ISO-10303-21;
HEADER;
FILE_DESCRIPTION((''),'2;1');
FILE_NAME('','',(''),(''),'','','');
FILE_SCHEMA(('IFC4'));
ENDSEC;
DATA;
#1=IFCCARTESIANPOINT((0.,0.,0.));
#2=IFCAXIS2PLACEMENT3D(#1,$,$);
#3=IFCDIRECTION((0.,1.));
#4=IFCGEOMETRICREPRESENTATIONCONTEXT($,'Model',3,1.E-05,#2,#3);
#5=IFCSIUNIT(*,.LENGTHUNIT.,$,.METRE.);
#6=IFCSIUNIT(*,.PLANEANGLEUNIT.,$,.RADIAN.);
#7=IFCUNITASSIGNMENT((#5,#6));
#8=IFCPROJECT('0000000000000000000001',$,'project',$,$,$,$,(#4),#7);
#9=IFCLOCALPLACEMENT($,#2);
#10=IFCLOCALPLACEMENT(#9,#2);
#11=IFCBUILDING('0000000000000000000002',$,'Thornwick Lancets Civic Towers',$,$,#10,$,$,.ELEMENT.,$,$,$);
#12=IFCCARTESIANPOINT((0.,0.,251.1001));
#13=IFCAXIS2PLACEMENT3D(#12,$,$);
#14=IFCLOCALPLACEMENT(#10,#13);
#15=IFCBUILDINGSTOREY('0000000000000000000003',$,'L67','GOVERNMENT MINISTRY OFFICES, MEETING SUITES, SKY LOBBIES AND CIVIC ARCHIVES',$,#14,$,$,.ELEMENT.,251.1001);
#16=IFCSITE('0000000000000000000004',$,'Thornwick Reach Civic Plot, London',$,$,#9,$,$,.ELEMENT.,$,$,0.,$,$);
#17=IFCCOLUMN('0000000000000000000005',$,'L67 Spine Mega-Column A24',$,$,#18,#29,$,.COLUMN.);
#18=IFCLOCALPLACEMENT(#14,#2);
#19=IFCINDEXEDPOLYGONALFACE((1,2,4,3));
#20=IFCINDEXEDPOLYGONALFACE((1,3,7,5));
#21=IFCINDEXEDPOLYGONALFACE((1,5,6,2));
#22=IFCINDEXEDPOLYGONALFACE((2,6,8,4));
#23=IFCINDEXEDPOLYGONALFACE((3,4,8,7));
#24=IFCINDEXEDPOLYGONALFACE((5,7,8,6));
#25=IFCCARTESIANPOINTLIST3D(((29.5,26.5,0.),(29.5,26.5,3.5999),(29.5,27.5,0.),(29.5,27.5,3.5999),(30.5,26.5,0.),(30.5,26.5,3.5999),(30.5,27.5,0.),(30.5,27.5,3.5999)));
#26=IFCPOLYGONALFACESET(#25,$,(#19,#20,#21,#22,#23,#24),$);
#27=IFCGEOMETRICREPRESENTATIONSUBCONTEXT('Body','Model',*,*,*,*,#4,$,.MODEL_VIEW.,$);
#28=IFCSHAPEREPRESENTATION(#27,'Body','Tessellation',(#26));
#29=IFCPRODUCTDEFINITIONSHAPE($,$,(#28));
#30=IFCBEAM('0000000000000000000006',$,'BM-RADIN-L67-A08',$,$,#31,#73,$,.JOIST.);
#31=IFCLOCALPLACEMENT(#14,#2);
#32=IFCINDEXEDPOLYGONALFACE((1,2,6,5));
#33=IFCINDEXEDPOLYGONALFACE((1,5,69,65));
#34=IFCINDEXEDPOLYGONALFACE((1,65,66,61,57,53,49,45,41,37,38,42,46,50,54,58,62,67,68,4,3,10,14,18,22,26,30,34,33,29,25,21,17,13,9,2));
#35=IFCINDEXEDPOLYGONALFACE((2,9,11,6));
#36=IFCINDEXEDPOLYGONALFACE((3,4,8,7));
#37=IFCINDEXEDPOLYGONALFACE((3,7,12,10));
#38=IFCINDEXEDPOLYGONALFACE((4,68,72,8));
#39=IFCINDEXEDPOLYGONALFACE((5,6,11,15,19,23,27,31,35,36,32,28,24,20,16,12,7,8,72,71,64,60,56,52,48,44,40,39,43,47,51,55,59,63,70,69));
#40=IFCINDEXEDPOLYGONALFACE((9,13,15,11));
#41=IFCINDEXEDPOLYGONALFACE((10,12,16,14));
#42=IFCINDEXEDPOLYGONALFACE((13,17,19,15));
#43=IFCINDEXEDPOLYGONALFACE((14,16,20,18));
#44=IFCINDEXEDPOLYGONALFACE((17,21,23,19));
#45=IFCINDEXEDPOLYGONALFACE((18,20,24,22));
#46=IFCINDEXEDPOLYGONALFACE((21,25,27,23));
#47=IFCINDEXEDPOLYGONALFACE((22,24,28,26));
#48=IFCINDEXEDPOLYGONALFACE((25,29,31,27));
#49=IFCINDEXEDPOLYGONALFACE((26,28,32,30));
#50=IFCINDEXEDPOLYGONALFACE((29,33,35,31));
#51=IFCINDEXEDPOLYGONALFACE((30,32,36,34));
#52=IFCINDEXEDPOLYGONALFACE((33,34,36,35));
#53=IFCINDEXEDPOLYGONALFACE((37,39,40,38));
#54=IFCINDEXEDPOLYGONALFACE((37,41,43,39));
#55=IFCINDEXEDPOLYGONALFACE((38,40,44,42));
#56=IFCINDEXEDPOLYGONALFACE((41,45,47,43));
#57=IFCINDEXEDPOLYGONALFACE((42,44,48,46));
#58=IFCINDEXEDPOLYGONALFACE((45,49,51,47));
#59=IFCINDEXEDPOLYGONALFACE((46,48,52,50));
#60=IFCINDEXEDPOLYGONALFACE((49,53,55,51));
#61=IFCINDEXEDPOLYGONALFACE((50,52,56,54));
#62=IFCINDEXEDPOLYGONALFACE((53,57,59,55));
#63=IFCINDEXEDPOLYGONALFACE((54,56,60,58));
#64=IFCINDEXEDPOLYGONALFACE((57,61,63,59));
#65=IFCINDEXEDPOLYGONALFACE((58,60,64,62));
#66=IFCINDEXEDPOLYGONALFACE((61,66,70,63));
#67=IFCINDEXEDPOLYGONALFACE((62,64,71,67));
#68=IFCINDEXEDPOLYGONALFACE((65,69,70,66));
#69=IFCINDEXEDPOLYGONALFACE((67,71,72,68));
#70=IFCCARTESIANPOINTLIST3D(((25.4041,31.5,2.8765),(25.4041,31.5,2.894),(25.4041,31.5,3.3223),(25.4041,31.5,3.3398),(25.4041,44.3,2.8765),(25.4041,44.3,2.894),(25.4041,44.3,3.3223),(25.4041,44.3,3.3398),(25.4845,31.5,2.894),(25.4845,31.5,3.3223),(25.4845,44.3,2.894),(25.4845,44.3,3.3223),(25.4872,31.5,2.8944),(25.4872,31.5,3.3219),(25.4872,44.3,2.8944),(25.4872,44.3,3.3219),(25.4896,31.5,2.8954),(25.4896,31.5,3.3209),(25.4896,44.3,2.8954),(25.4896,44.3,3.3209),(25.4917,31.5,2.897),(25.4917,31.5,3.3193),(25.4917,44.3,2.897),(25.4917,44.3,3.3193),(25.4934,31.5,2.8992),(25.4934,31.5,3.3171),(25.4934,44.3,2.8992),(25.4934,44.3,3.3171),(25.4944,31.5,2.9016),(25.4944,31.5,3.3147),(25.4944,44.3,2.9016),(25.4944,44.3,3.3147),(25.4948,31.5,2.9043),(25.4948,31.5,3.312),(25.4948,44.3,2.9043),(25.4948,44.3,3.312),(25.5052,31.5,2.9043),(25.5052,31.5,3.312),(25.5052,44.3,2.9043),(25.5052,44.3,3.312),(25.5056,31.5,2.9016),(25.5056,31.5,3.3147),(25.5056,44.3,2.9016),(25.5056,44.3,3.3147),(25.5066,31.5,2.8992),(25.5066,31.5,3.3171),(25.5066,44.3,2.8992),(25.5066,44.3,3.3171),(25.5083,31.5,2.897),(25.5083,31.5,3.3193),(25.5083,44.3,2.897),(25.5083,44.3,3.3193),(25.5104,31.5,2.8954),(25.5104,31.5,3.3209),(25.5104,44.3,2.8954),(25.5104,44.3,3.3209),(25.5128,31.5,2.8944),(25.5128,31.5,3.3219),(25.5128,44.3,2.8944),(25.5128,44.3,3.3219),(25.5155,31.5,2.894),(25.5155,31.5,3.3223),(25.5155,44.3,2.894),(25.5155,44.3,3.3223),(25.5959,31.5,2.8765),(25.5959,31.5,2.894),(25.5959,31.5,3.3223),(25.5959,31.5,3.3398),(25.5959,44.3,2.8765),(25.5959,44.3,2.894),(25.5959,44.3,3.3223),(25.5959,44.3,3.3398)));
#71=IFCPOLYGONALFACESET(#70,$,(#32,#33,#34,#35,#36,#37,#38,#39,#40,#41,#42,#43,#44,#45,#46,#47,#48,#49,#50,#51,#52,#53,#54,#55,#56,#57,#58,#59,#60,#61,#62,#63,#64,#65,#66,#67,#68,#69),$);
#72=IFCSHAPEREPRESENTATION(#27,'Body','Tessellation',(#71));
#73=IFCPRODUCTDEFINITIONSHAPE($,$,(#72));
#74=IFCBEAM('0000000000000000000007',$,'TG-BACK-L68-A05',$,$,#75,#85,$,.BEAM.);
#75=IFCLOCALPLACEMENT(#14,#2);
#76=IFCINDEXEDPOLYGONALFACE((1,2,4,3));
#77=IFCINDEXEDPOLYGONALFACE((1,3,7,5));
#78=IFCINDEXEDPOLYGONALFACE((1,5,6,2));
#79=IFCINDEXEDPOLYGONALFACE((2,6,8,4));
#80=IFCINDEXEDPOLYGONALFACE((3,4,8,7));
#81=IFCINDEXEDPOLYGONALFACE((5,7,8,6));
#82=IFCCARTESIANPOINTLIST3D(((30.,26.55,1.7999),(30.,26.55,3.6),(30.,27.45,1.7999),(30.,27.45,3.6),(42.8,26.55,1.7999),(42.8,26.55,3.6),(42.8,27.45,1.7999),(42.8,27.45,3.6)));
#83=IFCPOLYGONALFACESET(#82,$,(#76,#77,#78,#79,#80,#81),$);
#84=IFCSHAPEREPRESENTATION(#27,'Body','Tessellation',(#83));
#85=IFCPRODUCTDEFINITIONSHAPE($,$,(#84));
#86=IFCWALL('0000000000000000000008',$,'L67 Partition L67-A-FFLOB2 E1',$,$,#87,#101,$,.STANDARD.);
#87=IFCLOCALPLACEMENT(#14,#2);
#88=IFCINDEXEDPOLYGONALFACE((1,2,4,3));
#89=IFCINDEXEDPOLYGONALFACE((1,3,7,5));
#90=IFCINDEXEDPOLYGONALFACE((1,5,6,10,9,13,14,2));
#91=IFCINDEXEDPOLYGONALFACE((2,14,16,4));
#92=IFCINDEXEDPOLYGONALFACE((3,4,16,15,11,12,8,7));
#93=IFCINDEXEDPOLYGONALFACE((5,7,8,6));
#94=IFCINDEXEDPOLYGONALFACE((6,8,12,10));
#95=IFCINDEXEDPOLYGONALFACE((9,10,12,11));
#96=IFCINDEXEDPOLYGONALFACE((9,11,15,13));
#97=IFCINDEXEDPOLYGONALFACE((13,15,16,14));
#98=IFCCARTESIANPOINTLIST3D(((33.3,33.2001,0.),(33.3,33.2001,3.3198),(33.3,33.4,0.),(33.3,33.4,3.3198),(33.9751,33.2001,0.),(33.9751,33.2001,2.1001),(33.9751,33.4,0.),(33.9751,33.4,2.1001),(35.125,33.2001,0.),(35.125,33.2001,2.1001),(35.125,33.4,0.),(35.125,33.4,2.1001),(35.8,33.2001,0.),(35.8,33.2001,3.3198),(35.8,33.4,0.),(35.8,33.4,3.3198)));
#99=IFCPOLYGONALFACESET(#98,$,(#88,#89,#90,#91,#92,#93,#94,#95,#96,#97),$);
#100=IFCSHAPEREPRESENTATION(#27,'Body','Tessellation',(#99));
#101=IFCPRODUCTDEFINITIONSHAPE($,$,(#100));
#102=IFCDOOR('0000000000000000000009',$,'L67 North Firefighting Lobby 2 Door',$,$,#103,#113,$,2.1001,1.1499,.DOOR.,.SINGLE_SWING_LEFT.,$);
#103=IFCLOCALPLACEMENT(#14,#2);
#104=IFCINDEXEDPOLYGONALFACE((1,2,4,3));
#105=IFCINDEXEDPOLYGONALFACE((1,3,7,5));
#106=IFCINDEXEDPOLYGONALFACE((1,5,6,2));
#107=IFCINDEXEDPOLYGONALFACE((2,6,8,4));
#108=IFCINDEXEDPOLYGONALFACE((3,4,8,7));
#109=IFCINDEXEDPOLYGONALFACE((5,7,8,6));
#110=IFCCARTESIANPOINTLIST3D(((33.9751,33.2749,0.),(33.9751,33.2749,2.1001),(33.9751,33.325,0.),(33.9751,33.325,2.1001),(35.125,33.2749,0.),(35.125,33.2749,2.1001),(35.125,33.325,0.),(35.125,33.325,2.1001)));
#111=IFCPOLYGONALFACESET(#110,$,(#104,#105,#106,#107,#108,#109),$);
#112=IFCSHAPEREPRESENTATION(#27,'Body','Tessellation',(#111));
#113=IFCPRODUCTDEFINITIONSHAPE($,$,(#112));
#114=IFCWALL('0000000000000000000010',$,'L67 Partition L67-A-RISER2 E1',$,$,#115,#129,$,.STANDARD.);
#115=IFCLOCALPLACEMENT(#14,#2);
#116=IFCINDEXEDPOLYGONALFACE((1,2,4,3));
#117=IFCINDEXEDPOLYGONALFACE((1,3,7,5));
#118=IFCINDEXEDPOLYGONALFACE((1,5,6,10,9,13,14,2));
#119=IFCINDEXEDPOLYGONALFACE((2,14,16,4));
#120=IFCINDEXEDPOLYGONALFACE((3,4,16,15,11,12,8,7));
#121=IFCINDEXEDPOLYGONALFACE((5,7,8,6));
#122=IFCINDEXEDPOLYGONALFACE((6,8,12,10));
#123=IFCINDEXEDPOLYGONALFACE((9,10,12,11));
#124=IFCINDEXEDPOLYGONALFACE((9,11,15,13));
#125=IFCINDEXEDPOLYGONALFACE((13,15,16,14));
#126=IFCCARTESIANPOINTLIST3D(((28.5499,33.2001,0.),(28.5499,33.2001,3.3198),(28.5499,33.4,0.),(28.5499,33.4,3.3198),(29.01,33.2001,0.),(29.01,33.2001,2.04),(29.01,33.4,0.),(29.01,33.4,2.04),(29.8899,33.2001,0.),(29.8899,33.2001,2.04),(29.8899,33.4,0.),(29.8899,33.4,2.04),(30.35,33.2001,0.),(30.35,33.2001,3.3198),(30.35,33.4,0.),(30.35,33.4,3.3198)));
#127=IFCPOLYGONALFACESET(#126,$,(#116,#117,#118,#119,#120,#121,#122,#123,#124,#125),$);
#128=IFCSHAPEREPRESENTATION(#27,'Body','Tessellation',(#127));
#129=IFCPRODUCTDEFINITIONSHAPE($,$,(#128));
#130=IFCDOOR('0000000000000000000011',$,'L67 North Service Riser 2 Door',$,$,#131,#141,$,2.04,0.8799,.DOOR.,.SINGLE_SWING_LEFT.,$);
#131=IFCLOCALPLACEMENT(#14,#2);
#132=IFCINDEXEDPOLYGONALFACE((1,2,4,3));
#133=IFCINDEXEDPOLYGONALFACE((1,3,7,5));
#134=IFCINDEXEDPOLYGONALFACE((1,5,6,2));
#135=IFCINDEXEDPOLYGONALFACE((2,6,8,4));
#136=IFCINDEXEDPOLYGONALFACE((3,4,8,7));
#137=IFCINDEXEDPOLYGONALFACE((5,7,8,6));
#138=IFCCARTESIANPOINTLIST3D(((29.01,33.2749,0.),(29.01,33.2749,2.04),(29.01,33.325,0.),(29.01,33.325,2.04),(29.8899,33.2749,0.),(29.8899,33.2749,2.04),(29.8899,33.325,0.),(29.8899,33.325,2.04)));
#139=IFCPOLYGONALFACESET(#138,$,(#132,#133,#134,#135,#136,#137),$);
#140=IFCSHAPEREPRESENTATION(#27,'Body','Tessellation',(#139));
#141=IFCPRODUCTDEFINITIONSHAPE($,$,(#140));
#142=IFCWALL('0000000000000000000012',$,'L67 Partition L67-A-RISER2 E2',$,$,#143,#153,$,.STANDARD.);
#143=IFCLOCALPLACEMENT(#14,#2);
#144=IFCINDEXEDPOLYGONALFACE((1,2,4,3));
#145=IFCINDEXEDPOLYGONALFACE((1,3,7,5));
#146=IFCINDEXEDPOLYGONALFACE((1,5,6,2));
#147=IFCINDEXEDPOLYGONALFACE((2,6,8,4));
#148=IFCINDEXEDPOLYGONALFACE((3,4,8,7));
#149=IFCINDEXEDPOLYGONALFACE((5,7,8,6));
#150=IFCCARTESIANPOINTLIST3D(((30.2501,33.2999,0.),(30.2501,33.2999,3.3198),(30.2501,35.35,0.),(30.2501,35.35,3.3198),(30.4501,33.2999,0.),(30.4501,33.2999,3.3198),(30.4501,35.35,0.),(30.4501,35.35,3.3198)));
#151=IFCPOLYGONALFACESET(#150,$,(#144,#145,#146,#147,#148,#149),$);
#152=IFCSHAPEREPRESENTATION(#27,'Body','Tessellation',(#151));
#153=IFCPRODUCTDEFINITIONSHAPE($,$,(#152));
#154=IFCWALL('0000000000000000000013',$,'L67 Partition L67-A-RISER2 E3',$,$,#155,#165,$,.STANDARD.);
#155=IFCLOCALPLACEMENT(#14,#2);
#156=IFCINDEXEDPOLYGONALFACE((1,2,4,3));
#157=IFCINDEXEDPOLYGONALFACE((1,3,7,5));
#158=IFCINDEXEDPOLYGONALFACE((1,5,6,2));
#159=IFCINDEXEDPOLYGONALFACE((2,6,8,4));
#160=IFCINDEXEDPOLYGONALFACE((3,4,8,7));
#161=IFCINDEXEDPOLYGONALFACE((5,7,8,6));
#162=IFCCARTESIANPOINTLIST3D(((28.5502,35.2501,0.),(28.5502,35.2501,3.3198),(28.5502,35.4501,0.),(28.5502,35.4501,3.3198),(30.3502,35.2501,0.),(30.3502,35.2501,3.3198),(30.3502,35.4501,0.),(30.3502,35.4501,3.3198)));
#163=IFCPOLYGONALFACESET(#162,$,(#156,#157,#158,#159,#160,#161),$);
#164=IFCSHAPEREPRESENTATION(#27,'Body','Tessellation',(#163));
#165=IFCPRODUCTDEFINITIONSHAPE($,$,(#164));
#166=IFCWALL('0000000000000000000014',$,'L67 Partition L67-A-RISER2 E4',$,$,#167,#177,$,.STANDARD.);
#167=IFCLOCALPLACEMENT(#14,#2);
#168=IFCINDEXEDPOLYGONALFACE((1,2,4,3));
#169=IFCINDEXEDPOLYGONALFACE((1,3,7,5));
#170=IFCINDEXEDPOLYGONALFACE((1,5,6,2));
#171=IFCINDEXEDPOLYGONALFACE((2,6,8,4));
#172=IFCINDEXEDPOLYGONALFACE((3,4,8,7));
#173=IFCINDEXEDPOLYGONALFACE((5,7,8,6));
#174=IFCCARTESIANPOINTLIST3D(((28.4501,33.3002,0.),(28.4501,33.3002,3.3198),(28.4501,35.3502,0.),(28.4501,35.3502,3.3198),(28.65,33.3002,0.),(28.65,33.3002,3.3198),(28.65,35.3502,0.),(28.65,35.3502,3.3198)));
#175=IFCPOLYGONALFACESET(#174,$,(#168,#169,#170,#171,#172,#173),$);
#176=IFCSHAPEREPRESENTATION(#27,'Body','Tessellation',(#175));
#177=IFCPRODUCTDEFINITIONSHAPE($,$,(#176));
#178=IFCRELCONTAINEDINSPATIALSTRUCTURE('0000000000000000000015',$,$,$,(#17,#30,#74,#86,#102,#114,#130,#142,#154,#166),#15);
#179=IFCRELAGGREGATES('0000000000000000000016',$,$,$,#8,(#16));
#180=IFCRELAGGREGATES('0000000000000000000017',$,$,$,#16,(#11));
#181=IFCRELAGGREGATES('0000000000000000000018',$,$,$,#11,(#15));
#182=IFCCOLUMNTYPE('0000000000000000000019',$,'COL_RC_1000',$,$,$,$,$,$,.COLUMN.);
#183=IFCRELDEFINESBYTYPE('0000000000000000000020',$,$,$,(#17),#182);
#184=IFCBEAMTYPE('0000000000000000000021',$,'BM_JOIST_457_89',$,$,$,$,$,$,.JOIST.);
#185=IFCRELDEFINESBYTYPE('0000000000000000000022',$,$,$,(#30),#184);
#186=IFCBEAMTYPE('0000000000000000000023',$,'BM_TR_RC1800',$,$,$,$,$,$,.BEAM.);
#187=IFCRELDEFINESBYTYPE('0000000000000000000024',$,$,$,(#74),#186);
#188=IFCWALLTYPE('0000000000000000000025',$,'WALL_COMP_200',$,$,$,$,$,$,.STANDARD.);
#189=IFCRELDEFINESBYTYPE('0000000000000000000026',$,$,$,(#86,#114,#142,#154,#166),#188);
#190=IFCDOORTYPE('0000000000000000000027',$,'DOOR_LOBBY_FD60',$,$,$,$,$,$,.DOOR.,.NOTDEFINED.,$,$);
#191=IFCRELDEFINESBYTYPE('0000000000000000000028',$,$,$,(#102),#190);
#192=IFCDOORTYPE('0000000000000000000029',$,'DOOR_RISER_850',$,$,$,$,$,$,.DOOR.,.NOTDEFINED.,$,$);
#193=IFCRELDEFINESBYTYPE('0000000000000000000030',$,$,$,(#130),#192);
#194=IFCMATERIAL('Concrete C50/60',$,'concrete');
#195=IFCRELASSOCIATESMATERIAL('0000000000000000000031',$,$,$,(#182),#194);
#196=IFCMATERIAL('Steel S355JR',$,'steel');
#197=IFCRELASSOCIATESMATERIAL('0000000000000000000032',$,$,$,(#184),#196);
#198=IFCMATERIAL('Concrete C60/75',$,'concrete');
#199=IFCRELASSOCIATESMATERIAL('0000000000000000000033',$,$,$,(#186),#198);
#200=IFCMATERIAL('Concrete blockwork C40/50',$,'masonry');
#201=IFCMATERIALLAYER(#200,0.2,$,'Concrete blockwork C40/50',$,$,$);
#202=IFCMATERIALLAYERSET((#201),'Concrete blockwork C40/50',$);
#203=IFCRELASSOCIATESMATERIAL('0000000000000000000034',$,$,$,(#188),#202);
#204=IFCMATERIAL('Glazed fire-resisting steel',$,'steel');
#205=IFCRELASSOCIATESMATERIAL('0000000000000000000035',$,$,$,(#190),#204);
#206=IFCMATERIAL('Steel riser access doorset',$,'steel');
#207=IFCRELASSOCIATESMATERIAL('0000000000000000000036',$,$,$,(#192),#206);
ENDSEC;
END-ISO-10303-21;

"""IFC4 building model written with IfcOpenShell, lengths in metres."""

from ifc_helpers import new_model, si_unit, direction, frame, frame_2d, origin, origin_2d, place, context, subcontext, project, spatial, rectangle, i_section, extrude, material, layer, layer_set, material_profile, profile_set, type_object, element, fill, save


model = new_model("IFC4")

# Units and contexts
model_context = context("Model", 3, precision=1e-05, world=origin(), true_north=direction((0.0, 1.0)))
body_context = subcontext(model_context, "Body", "Model", "MODEL_VIEW")
ifc_project = project(units=[si_unit("LENGTHUNIT", "METRE"), si_unit("PLANEANGLEUNIT", "RADIAN")], contexts=[model_context])

# Site, building, storey
site_placement = place(None, origin())
site = spatial("IfcSite", under=ifc_project, at=site_placement, Name="Thornwick Reach Civic Plot, London", CompositionType="ELEMENT", RefElevation=0.0)
building_placement = place(site_placement, origin())
building = spatial("IfcBuilding", under=site, at=building_placement, Name="Thornwick Lancets Civic Towers", CompositionType="ELEMENT")
storey_placement = place(building_placement, frame((0.0, 0.0, 251.1001)))
storey = spatial("IfcBuildingStorey", under=building, at=storey_placement, Name="L67", Description="GOVERNMENT MINISTRY OFFICES, MEETING SUITES, SKY LOBBIES AND CIVIC ARCHIVES", CompositionType="ELEMENT", Elevation=251.1001)

# Column
ifc_material_1 = material(Name="Concrete C50/60", Category="concrete")
ifc_material_profile_1 = material_profile(ifc_material_1, rectangle(XDim=1.0, YDim=1.0, at=origin_2d()), Name="RC 1000x1000")
ifc_profile_set_1 = profile_set([ifc_material_profile_1], Name="Concrete C50/60")
column_type = type_object("IfcColumnType", Name="COL_RC_1000", PredefinedType="COLUMN", material=ifc_profile_set_1)
column_placement = place(storey_placement, frame((30.0, 27.0, 0.0), z_axis=(0.0, 0.0, 1.0), x_axis=(1.0, 0.0, 0.0)))
element("IfcColumn", 1, at=column_placement, inside=storey, type_object=column_type, Name="L67 Spine Mega-Column A24", PredefinedType="COLUMN", context=body_context, shape_type="SweptSolid", body=[
    extrude(rectangle(XDim=1.0, YDim=1.0, at=origin_2d()), origin(), (0.0, 0.0, 1.0), 3.5999),
])

# Beams
ifc_material_2 = material(Name="Steel S355JR", Category="steel")
ifc_material_profile_2 = material_profile(ifc_material_2, i_section(OverallWidth=0.1919, OverallDepth=0.4634, WebThickness=0.0105, FlangeThickness=0.0176, FilletRadius=0.0103, at=origin_2d()), Name="UKB 457x191x89")
ifc_profile_set_2 = profile_set([ifc_material_profile_2], Name="Steel S355JR")
beam_type_1 = type_object("IfcBeamType", Name="BM_JOIST_457_89", PredefinedType="JOIST", material=ifc_profile_set_2)
beam_1_placement = place(storey_placement, frame((25.5, 31.5, 3.1082), z_axis=(0.0, 1.0, 0.0), x_axis=(-1.0, 0.0, 0.0)))
element("IfcBeam", 2, at=beam_1_placement, inside=storey, type_object=beam_type_1, Name="BM-RADIN-L67-A08", PredefinedType="JOIST", context=body_context, shape_type="SweptSolid", body=[
    extrude(i_section(OverallWidth=0.1919, OverallDepth=0.4634, WebThickness=0.0105, FlangeThickness=0.0176, FilletRadius=0.0103, at=origin_2d()), origin(), (0.0, 0.0, 1.0), 12.8),
])
ifc_material_3 = material(Name="Concrete C60/75", Category="concrete")
ifc_material_profile_3 = material_profile(ifc_material_3, rectangle(XDim=0.8999, YDim=1.8, at=origin_2d()), Name="RC 900x1800")
ifc_profile_set_3 = profile_set([ifc_material_profile_3], Name="Concrete C60/75")
beam_type_2 = type_object("IfcBeamType", Name="BM_TR_RC1800", PredefinedType="BEAM", material=ifc_profile_set_3)
beam_2_placement = place(storey_placement, frame((30.0, 27.0, 2.7), z_axis=(1.0, 0.0, 0.0), x_axis=(0.0, 1.0, 0.0)))
element("IfcBeam", 3, at=beam_2_placement, inside=storey, type_object=beam_type_2, Name="TG-BACK-L68-A05", PredefinedType="BEAM", context=body_context, shape_type="SweptSolid", body=[
    extrude(rectangle(XDim=0.8999, YDim=1.8, at=origin_2d()), origin(), (0.0, 0.0, 1.0), 12.8),
])

# Walls, openings, doors
ifc_material_4 = material(Name="Concrete blockwork C40/50", Category="masonry")
ifc_layer_1 = layer(ifc_material_4, 0.2, Name="Concrete blockwork C40/50")
ifc_layer_set_1 = layer_set([ifc_layer_1], Name="Concrete blockwork C40/50")
wall_type_1 = type_object("IfcWallType", Name="WALL_COMP_200", PredefinedType="STANDARD", material=ifc_layer_set_1)
wall_1_placement = place(storey_placement, frame((33.3, 33.3, 0.0), z_axis=(0.0, 0.0, 1.0), x_axis=(1.0, 0.0, 0.0)))
wall_1 = element("IfcWall", 4, at=wall_1_placement, inside=storey, type_object=wall_type_1, Name="L67 Partition L67-A-FFLOB2 E1", PredefinedType="STANDARD", context=body_context, shape_type="SweptSolid", body=[
    extrude(rectangle(XDim=2.5, YDim=0.2, at=frame_2d((1.25, 0.0))), origin(), (0.0, 0.0, 1.0), 3.3198),
])
opening_1_placement = place(wall_1_placement, frame((0.675, 0.0, 0.0)))
opening_1 = element("IfcOpeningElement", 5, at=opening_1_placement, cuts=wall_1, PredefinedType="OPENING", context=body_context, shape_type="SweptSolid", body=[
    extrude(rectangle(XDim=1.1499, YDim=2.1001, at=frame_2d((0.575, 1.05))), frame((0.0, 0.1099, 0.0), z_axis=(0.0, -1.0, 0.0), x_axis=(1.0, 0.0, 0.0)), (0.0, 0.0, 1.0), 0.22),
])
ifc_material_5 = material(Name="Glazed fire-resisting steel", Category="steel")
door_type_1 = type_object("IfcDoorType", Name="DOOR_LOBBY_FD60", OperationType="NOTDEFINED", PredefinedType="DOOR", material=ifc_material_5)
door_1_placement = place(opening_1_placement, origin())
door_1 = element("IfcDoor", 6, at=door_1_placement, inside=storey, type_object=door_type_1, Name="L67 North Firefighting Lobby 2 Door", OperationType="SINGLE_SWING_LEFT", OverallHeight=2.1001, OverallWidth=1.1499, PredefinedType="DOOR", context=body_context, shape_type="SweptSolid", body=[
    extrude(rectangle(XDim=1.1499, YDim=2.1001, at=frame_2d((0.575, 1.05))), frame((0.0, 0.0249, 0.0), z_axis=(0.0, -1.0, 0.0), x_axis=(1.0, 0.0, 0.0)), (0.0, 0.0, 1.0), 0.05),
])
fill(opening_1, door_1)
wall_2_placement = place(storey_placement, frame((28.55, 33.3, 0.0), z_axis=(0.0, 0.0, 1.0), x_axis=(1.0, 0.0, 0.0)))
wall_2 = element("IfcWall", 7, at=wall_2_placement, inside=storey, type_object=wall_type_1, Name="L67 Partition L67-A-RISER2 E1", PredefinedType="STANDARD", context=body_context, shape_type="SweptSolid", body=[
    extrude(rectangle(XDim=1.8, YDim=0.2, at=frame_2d((0.8999, 0.0))), origin(), (0.0, 0.0, 1.0), 3.3198),
])
opening_2_placement = place(wall_2_placement, frame((0.46, 0.0, 0.0)))
opening_2 = element("IfcOpeningElement", 8, at=opening_2_placement, cuts=wall_2, PredefinedType="OPENING", context=body_context, shape_type="SweptSolid", body=[
    extrude(rectangle(XDim=0.8799, YDim=2.04, at=frame_2d((0.4399, 1.02))), frame((0.0, 0.1099, 0.0), z_axis=(0.0, -1.0, 0.0), x_axis=(1.0, 0.0, 0.0)), (0.0, 0.0, 1.0), 0.22),
])
ifc_material_6 = material(Name="Steel riser access doorset", Category="steel")
door_type_2 = type_object("IfcDoorType", Name="DOOR_RISER_850", OperationType="NOTDEFINED", PredefinedType="DOOR", material=ifc_material_6)
door_2_placement = place(opening_2_placement, origin())
door_2 = element("IfcDoor", 9, at=door_2_placement, inside=storey, type_object=door_type_2, Name="L67 North Service Riser 2 Door", OperationType="SINGLE_SWING_LEFT", OverallHeight=2.04, OverallWidth=0.8799, PredefinedType="DOOR", context=body_context, shape_type="SweptSolid", body=[
    extrude(rectangle(XDim=0.8799, YDim=2.04, at=frame_2d((0.4399, 1.02))), frame((0.0, 0.0249, 0.0), z_axis=(0.0, -1.0, 0.0), x_axis=(1.0, 0.0, 0.0)), (0.0, 0.0, 1.0), 0.05),
])
fill(opening_2, door_2)

# Walls
wall_3_placement = place(storey_placement, frame((30.3501, 33.3, 0.0), z_axis=(0.0, 0.0, 1.0), x_axis=(0.0, 1.0, 0.0)))
element("IfcWall", 10, at=wall_3_placement, inside=storey, type_object=wall_type_1, Name="L67 Partition L67-A-RISER2 E2", PredefinedType="STANDARD", context=body_context, shape_type="SweptSolid", body=[
    extrude(rectangle(XDim=2.05, YDim=0.2, at=frame_2d((1.0249, 0.0))), origin(), (0.0, 0.0, 1.0), 3.3198),
])
wall_4_placement = place(storey_placement, frame((30.3501, 35.3501, 0.0), z_axis=(0.0, 0.0, 1.0), x_axis=(-1.0, 0.0, 0.0)))
element("IfcWall", 11, at=wall_4_placement, inside=storey, type_object=wall_type_1, Name="L67 Partition L67-A-RISER2 E3", PredefinedType="STANDARD", context=body_context, shape_type="SweptSolid", body=[
    extrude(rectangle(XDim=1.8, YDim=0.2, at=frame_2d((0.8999, 0.0))), origin(), (0.0, 0.0, 1.0), 3.3198),
])
wall_5_placement = place(storey_placement, frame((28.55, 35.3501, 0.0), z_axis=(0.0, 0.0, 1.0), x_axis=(0.0, -1.0, 0.0)))
element("IfcWall", 12, at=wall_5_placement, inside=storey, type_object=wall_type_1, Name="L67 Partition L67-A-RISER2 E4", PredefinedType="STANDARD", context=body_context, shape_type="SweptSolid", body=[
    extrude(rectangle(XDim=2.05, YDim=0.2, at=frame_2d((1.0249, 0.0))), origin(), (0.0, 0.0, 1.0), 3.3198),
])

save(model, "model.ifc")
